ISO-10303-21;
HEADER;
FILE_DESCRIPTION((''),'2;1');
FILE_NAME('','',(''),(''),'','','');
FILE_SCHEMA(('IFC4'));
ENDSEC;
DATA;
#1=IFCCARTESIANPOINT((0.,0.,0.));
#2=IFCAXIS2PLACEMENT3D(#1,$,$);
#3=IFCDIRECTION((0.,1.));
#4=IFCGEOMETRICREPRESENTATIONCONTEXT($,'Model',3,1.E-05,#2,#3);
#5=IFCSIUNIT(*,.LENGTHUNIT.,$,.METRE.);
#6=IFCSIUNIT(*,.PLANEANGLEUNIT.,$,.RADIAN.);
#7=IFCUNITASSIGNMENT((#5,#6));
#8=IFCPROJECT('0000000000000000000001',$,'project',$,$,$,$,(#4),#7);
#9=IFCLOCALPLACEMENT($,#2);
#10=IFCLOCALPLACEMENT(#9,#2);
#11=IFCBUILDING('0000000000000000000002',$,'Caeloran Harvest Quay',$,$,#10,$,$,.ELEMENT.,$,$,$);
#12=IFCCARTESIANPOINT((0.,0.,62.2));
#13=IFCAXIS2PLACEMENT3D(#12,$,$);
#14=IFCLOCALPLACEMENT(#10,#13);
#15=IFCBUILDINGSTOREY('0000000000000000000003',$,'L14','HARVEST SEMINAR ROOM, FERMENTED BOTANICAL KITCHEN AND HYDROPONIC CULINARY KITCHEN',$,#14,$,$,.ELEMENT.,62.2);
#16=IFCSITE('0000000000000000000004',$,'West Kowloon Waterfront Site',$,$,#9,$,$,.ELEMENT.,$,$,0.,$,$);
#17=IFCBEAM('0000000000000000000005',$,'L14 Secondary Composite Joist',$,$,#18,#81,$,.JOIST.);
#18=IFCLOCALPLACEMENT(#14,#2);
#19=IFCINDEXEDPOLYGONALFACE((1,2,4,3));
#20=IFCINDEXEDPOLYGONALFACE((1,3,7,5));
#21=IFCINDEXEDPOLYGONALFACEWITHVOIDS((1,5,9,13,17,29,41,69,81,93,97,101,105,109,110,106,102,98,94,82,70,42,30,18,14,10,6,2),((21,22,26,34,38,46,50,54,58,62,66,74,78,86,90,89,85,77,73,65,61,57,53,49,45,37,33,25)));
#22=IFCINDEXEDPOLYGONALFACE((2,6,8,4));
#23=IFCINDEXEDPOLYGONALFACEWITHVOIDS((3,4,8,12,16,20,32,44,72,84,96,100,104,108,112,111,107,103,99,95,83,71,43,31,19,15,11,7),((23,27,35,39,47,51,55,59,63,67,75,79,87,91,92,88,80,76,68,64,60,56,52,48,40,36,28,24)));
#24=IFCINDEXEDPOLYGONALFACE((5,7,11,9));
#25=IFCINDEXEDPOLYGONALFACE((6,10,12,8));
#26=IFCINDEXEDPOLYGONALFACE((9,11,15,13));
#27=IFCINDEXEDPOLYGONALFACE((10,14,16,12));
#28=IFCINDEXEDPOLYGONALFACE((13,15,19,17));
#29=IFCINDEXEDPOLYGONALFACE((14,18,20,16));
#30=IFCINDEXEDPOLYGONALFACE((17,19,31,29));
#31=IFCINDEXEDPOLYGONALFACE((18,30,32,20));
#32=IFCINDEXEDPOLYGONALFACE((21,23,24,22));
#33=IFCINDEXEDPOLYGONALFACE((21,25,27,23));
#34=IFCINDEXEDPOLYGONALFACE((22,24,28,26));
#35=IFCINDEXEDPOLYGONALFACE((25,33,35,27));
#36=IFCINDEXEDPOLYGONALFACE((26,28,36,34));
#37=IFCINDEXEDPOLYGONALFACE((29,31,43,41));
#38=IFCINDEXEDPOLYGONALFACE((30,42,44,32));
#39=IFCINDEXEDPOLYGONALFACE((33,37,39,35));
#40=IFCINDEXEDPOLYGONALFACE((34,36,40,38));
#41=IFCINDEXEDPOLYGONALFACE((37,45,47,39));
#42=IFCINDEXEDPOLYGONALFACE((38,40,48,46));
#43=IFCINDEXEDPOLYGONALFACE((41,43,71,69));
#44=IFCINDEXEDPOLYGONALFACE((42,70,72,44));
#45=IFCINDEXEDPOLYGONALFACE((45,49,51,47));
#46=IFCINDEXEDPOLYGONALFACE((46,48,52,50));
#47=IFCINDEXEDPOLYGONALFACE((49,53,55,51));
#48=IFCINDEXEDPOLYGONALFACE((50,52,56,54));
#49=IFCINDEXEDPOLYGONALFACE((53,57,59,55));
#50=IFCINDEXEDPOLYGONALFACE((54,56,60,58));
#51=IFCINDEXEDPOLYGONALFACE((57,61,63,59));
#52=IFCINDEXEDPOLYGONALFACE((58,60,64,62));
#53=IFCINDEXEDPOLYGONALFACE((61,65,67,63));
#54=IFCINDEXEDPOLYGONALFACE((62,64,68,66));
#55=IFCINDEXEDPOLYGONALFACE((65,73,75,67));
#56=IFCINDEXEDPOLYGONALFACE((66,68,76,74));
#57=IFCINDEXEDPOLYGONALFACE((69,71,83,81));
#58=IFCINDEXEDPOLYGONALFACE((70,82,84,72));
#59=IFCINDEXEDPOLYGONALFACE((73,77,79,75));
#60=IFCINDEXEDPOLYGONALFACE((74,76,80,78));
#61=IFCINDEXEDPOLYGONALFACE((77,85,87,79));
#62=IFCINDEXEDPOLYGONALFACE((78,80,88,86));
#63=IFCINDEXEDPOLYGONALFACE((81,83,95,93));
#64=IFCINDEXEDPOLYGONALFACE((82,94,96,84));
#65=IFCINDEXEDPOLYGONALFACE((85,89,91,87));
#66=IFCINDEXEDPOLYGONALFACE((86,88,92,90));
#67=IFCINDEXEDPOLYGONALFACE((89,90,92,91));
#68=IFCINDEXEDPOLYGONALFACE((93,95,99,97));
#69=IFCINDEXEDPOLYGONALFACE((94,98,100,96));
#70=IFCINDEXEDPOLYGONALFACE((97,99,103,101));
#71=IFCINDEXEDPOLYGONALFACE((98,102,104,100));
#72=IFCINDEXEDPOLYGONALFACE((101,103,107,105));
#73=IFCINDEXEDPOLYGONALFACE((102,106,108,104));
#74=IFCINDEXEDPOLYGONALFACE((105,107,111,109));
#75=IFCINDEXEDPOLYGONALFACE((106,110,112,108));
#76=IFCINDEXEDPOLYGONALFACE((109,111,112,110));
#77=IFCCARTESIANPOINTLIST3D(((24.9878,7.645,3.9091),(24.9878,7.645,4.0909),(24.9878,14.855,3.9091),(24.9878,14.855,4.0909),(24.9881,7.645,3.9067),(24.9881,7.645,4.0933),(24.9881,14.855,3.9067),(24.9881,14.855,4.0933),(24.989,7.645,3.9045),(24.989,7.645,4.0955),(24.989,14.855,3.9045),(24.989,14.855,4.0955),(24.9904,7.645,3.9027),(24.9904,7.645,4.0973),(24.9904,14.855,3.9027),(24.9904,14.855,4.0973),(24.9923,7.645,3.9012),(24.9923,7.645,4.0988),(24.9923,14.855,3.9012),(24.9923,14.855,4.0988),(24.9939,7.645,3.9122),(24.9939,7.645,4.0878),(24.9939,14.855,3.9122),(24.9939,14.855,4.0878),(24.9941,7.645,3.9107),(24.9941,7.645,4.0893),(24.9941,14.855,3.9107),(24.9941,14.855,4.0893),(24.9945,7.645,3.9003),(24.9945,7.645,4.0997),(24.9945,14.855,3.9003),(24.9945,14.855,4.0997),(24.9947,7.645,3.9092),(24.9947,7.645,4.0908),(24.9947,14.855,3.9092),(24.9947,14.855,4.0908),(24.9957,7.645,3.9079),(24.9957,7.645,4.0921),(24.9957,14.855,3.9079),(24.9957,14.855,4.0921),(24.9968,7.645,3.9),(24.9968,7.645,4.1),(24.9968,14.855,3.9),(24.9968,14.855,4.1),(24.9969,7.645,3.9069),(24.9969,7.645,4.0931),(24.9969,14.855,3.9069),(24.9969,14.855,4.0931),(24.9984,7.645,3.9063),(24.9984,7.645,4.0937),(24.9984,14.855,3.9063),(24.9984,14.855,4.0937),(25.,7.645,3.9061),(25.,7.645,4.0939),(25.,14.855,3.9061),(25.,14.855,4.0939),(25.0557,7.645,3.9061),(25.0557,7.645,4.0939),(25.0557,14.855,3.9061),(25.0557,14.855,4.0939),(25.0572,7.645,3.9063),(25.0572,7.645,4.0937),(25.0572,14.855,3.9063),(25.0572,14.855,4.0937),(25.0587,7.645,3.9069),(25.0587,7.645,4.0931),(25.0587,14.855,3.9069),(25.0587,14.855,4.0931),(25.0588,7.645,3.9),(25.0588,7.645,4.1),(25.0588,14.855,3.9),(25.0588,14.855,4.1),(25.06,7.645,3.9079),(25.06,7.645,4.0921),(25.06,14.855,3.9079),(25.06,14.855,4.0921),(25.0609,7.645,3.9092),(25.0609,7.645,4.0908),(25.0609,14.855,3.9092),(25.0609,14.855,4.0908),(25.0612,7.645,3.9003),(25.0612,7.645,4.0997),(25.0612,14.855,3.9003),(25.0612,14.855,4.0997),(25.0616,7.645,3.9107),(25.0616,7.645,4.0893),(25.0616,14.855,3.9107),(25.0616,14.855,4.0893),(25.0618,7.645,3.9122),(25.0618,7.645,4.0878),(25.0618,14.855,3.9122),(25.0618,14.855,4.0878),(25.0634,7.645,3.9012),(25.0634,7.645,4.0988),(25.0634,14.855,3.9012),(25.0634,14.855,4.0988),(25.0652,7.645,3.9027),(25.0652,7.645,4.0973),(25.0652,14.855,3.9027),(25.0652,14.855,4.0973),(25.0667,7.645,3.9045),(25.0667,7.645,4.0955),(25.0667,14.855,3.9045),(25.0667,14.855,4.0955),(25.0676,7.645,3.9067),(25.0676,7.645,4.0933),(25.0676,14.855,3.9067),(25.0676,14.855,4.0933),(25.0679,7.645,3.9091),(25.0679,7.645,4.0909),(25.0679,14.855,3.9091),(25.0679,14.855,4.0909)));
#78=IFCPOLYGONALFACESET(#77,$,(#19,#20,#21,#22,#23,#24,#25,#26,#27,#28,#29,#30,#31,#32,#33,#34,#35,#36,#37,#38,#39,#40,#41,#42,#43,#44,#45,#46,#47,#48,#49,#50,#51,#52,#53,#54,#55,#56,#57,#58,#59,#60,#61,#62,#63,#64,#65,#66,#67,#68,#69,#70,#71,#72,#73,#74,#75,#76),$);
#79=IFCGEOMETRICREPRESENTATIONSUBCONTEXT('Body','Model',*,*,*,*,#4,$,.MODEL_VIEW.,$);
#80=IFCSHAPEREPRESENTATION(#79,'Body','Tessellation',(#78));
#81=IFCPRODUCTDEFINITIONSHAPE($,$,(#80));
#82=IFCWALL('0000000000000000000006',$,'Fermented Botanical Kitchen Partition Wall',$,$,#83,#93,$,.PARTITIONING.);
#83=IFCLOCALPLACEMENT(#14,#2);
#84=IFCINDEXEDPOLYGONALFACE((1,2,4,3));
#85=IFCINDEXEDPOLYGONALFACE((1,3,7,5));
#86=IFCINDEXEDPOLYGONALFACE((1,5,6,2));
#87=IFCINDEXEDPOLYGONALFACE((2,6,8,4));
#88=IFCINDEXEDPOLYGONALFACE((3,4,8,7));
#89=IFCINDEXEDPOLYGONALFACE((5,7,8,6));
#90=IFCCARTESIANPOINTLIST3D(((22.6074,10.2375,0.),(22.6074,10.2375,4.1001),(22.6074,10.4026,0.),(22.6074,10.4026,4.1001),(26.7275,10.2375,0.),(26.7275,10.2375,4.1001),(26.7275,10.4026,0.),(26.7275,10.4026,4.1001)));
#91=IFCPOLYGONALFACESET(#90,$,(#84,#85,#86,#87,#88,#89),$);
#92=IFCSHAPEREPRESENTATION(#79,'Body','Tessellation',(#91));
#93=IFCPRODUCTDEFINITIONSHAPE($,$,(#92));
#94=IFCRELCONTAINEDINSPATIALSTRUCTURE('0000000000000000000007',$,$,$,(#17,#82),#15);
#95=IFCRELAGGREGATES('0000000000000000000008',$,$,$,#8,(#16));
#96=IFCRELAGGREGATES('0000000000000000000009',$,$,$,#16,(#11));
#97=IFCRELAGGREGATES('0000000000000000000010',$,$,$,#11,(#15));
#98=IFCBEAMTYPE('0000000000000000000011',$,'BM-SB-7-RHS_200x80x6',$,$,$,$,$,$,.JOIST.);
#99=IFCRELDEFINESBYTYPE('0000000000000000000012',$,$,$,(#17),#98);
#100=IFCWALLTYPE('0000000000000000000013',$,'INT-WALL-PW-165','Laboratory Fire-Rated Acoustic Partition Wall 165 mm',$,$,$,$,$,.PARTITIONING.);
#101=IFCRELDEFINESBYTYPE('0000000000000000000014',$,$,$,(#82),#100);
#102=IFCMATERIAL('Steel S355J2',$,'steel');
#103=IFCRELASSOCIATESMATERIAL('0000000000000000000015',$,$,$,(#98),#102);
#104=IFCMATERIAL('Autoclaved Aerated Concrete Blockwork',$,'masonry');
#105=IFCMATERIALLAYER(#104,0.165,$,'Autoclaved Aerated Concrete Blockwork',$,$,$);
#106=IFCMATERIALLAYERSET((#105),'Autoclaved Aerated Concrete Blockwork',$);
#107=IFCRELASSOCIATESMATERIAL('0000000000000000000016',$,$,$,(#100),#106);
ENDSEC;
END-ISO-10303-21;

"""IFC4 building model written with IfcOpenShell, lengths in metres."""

from ifc_helpers import new_model, si_unit, direction, frame, frame_2d, origin, origin_2d, place, context, subcontext, project, spatial, rectangle, hollow_rectangle, extrude, material, layer, layer_set, material_profile, profile_set, type_object, element, save


model = new_model("IFC4")

# Units and contexts
model_context = context("Model", 3, precision=1e-05, world=origin(), true_north=direction((0.0, 1.0)))
body_context = subcontext(model_context, "Body", "Model", "MODEL_VIEW")
ifc_project = project(units=[si_unit("LENGTHUNIT", "METRE"), si_unit("PLANEANGLEUNIT", "RADIAN")], contexts=[model_context])

# Site, building, storey
site_placement = place(None, origin())
site = spatial("IfcSite", under=ifc_project, at=site_placement, Name="West Kowloon Waterfront Site", CompositionType="ELEMENT", RefElevation=0.0)
building_placement = place(site_placement, origin())
building = spatial("IfcBuilding", under=site, at=building_placement, Name="Caeloran Harvest Quay", CompositionType="ELEMENT")
storey_placement = place(building_placement, frame((0.0, 0.0, 62.2)))
storey = spatial("IfcBuildingStorey", under=building, at=storey_placement, Name="L14", Description="HARVEST SEMINAR ROOM, FERMENTED BOTANICAL KITCHEN AND HYDROPONIC CULINARY KITCHEN", CompositionType="ELEMENT", Elevation=62.2)

# Beam
ifc_material_1 = material(Name="Steel S355J2", Category="steel")
ifc_material_profile_1 = material_profile(ifc_material_1, hollow_rectangle(XDim=0.0801, YDim=0.2, WallThickness=0.0061, InnerFilletRadius=0.0061, OuterFilletRadius=0.009, at=origin_2d()), Name="RHS 200x80x6")
ifc_profile_set_1 = profile_set([ifc_material_profile_1], Name="Steel S355J2")
beam_type_1 = type_object("IfcBeamType", Name="BM-SB-7-RHS_200x80x6", PredefinedType="JOIST", material=ifc_profile_set_1)
for number, where, z_axis, x_axis, name in (
    (1, (25.0278, 7.645, 4.0), (0.0, 1.0, 0.0), (-1.0, 0.0, 0.0), "L14 Secondary Composite Joist"),
):
    element("IfcBeam", number, at=place(storey_placement, frame(where, z_axis=z_axis, x_axis=x_axis)), inside=storey, type_object=beam_type_1, Name=name, PredefinedType="JOIST", context=body_context, shape_type="SweptSolid", body=[
        extrude(hollow_rectangle(XDim=0.0801, YDim=0.2, WallThickness=0.0061, InnerFilletRadius=0.0061, OuterFilletRadius=0.009, at=origin_2d()), origin(), (0.0, 0.0, 1.0), 7.21),
    ])

# Wall
ifc_material_2 = material(Name="Autoclaved Aerated Concrete Blockwork", Category="masonry")
ifc_layer = layer(ifc_material_2, 0.165, Name="Autoclaved Aerated Concrete Blockwork")
ifc_layer_set = layer_set([ifc_layer], Name="Autoclaved Aerated Concrete Blockwork")
wall_type = type_object("IfcWallType", Name="INT-WALL-PW-165", Description="Laboratory Fire-Rated Acoustic Partition Wall 165 mm", PredefinedType="PARTITIONING", material=ifc_layer_set)
wall_placement = place(storey_placement, frame((22.6074, 10.3201, 0.0), z_axis=(0.0, 0.0, 1.0), x_axis=(1.0, 0.0, 0.0)))
element("IfcWall", 2, at=wall_placement, inside=storey, type_object=wall_type, Name="Fermented Botanical Kitchen Partition Wall", PredefinedType="PARTITIONING", context=body_context, shape_type="SweptSolid", body=[
    extrude(rectangle(XDim=4.1201, YDim=0.165, at=frame_2d((2.0601, 0.0))), origin(), (0.0, 0.0, 1.0), 4.1001),
])

save(model, "model.ifc")
